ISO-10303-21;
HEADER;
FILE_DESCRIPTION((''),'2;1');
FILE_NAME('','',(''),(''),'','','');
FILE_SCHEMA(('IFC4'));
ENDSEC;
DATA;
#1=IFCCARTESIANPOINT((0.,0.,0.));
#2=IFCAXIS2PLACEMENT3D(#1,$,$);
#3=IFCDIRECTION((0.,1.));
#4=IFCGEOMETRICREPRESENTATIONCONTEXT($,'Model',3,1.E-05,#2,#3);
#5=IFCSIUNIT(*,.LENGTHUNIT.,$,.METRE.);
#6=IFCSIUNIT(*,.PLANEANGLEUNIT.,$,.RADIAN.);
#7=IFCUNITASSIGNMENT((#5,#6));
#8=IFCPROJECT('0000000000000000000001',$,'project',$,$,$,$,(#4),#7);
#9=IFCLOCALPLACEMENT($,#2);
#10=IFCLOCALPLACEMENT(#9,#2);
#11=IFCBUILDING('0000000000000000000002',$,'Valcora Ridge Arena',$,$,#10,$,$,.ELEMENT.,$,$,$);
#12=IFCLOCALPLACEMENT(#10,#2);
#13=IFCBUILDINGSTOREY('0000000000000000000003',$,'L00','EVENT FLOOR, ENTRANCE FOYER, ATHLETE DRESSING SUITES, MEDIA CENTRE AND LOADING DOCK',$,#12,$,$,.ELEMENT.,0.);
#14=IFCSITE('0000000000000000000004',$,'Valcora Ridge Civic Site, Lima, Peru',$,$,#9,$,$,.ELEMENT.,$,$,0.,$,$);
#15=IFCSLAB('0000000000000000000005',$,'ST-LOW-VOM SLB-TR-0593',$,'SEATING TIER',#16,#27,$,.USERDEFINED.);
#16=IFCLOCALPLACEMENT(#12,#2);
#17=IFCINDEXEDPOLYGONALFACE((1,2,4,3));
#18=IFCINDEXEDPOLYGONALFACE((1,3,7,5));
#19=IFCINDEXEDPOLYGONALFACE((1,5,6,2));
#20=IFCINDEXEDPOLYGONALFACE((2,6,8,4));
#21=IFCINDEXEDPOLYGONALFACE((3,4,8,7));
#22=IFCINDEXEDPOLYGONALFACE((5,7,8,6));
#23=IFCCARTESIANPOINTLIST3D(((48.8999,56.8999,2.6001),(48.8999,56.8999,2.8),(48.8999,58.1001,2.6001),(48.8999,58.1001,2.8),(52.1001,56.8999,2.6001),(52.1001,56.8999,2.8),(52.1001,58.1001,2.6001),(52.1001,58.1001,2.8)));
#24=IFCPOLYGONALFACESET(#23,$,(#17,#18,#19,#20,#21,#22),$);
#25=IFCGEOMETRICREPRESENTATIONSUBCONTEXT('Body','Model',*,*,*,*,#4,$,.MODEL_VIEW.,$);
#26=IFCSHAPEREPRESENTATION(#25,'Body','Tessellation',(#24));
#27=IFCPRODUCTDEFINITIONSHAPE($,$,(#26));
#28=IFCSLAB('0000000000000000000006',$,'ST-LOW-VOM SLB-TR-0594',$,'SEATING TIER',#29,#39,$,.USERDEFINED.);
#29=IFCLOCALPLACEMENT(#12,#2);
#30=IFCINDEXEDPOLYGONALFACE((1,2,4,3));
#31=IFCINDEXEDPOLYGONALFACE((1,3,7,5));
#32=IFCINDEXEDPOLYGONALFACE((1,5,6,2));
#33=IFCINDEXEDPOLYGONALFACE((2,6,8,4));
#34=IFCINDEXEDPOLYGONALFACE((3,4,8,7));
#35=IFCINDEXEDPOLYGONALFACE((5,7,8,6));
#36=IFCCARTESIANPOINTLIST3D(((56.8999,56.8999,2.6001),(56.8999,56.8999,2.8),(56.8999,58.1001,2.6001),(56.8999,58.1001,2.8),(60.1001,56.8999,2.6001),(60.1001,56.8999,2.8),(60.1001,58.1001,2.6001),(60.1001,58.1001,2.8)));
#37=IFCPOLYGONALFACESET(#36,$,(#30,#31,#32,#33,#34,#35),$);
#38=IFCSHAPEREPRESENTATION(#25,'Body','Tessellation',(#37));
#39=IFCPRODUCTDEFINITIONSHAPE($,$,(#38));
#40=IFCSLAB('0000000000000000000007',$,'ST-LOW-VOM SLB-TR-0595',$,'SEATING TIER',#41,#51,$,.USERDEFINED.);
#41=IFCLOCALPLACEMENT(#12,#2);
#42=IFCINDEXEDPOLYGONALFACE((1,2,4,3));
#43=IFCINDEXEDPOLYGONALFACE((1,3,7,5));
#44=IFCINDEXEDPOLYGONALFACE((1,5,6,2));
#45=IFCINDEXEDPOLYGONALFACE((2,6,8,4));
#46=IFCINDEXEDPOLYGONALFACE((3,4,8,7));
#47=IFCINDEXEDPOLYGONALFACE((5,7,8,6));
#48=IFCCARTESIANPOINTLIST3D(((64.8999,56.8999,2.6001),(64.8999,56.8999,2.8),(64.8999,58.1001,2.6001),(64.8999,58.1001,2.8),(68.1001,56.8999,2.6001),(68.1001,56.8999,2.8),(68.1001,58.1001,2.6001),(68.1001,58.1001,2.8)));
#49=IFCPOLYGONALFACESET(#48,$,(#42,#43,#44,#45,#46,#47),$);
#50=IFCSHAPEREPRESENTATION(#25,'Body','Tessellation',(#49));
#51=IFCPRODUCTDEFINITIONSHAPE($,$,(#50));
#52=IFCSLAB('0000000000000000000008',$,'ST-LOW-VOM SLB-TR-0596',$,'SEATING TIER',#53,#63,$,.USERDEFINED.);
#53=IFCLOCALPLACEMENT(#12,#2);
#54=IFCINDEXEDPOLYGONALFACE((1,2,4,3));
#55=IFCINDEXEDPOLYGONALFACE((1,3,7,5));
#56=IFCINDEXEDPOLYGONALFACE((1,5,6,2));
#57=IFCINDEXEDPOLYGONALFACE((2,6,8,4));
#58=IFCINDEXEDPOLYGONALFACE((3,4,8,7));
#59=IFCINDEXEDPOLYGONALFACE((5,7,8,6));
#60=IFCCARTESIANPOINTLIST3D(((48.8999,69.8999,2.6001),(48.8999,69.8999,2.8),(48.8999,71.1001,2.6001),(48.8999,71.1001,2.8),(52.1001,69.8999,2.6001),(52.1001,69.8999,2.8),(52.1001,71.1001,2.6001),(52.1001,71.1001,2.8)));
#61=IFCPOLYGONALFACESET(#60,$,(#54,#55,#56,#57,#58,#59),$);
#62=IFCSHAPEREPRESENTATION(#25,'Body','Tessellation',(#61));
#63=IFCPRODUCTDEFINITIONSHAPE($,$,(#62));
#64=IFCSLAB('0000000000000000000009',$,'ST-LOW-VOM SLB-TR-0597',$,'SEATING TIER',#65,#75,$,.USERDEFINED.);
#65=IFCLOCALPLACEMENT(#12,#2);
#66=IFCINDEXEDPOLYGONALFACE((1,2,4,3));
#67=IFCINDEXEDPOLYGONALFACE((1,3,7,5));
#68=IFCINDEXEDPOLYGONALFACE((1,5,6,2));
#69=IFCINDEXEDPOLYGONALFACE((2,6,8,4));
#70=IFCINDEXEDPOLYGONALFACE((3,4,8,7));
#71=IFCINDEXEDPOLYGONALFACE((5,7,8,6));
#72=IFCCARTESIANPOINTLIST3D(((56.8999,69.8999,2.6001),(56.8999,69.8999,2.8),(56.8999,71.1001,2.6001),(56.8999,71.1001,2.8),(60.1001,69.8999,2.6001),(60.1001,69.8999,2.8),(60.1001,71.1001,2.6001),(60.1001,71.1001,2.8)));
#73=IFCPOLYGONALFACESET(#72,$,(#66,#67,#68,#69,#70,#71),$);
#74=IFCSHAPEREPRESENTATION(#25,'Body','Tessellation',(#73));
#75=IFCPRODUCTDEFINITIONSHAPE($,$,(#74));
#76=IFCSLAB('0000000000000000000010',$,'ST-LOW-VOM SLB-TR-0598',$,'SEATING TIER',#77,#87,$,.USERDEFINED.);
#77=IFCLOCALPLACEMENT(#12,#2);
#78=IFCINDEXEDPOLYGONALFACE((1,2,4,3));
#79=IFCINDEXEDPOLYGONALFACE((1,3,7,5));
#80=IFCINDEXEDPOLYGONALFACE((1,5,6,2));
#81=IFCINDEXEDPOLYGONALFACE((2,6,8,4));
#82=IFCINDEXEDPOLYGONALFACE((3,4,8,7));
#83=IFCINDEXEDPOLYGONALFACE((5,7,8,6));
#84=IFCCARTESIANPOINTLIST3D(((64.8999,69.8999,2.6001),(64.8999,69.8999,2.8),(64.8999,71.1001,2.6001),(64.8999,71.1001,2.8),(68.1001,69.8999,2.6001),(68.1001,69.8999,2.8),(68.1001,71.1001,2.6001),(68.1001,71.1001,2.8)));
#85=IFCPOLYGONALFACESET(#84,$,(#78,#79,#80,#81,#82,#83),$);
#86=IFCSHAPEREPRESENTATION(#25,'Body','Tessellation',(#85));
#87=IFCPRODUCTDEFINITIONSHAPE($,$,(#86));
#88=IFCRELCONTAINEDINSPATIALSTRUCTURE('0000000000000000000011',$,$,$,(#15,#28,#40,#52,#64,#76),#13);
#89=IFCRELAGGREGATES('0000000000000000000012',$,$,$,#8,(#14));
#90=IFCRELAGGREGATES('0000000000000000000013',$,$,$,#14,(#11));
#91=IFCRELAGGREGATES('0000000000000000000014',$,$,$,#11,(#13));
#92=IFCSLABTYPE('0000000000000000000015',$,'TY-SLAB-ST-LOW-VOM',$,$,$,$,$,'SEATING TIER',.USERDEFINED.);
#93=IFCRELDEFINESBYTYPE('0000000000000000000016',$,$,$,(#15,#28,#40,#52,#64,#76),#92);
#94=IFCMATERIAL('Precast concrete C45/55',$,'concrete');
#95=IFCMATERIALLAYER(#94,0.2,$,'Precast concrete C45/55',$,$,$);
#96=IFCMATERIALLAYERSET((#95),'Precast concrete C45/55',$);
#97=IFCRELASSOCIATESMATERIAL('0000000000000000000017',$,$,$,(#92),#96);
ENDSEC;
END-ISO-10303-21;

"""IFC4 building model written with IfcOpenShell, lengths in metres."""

from ifc_helpers import new_model, si_unit, direction, frame, origin, place, context, subcontext, project, spatial, polyline, outline, extrude, material, layer, layer_set, type_object, element, save


model = new_model("IFC4")

# Units and contexts
model_context = context("Model", 3, precision=1e-05, world=origin(), true_north=direction((0.0, 1.0)))
body_context = subcontext(model_context, "Body", "Model", "MODEL_VIEW")
ifc_project = project(units=[si_unit("LENGTHUNIT", "METRE"), si_unit("PLANEANGLEUNIT", "RADIAN")], contexts=[model_context])

# Site, building, storey
site_placement = place(None, origin())
site = spatial("IfcSite", under=ifc_project, at=site_placement, Name="Valcora Ridge Civic Site, Lima, Peru", CompositionType="ELEMENT", RefElevation=0.0)
building_placement = place(site_placement, origin())
building = spatial("IfcBuilding", under=site, at=building_placement, Name="Valcora Ridge Arena", CompositionType="ELEMENT")
storey_placement = place(building_placement, origin())
storey = spatial("IfcBuildingStorey", under=building, at=storey_placement, Name="L00", Description="EVENT FLOOR, ENTRANCE FOYER, ATHLETE DRESSING SUITES, MEDIA CENTRE AND LOADING DOCK", CompositionType="ELEMENT", Elevation=0.0)

# Slabs
ifc_material_1 = material(Name="Precast concrete C45/55", Category="concrete")
ifc_layer_1 = layer(ifc_material_1, 0.2, Name="Precast concrete C45/55")
ifc_layer_set_1 = layer_set([ifc_layer_1], Name="Precast concrete C45/55")
slab_type_1 = type_object("IfcSlabType", Name="TY-SLAB-ST-LOW-VOM", ElementType="SEATING TIER", PredefinedType="USERDEFINED", material=ifc_layer_set_1)
slab_1_placement = place(storey_placement, frame((0.0, 0.0, 2.6001)))
element("IfcSlab", 1, at=slab_1_placement, inside=storey, type_object=slab_type_1, Name="ST-LOW-VOM SLB-TR-0593", ObjectType="SEATING TIER", PredefinedType="USERDEFINED", context=body_context, shape_type="SweptSolid", body=[
    extrude(outline(polyline([(48.8999, 56.8999), (52.1001, 56.8999), (52.1001, 58.1001), (48.8999, 58.1001), (48.8999, 56.8999)])), origin(), (0.0, 0.0, 1.0), 0.2),
])
slab_2_placement = place(storey_placement, frame((0.0, 0.0, 2.6001)))
element("IfcSlab", 2, at=slab_2_placement, inside=storey, type_object=slab_type_1, Name="ST-LOW-VOM SLB-TR-0594", ObjectType="SEATING TIER", PredefinedType="USERDEFINED", context=body_context, shape_type="SweptSolid", body=[
    extrude(outline(polyline([(56.8999, 56.8999), (60.1001, 56.8999), (60.1001, 58.1001), (56.8999, 58.1001), (56.8999, 56.8999)])), origin(), (0.0, 0.0, 1.0), 0.2),
])
slab_3_placement = place(storey_placement, frame((0.0, 0.0, 2.6001)))
element("IfcSlab", 3, at=slab_3_placement, inside=storey, type_object=slab_type_1, Name="ST-LOW-VOM SLB-TR-0595", ObjectType="SEATING TIER", PredefinedType="USERDEFINED", context=body_context, shape_type="SweptSolid", body=[
    extrude(outline(polyline([(64.8999, 56.8999), (68.1001, 56.8999), (68.1001, 58.1001), (64.8999, 58.1001), (64.8999, 56.8999)])), origin(), (0.0, 0.0, 1.0), 0.2),
])
slab_4_placement = place(storey_placement, frame((0.0, 0.0, 2.6001)))
element("IfcSlab", 4, at=slab_4_placement, inside=storey, type_object=slab_type_1, Name="ST-LOW-VOM SLB-TR-0596", ObjectType="SEATING TIER", PredefinedType="USERDEFINED", context=body_context, shape_type="SweptSolid", body=[
    extrude(outline(polyline([(48.8999, 69.8999), (52.1001, 69.8999), (52.1001, 71.1001), (48.8999, 71.1001), (48.8999, 69.8999)])), origin(), (0.0, 0.0, 1.0), 0.2),
])
slab_5_placement = place(storey_placement, frame((0.0, 0.0, 2.6001)))
element("IfcSlab", 5, at=slab_5_placement, inside=storey, type_object=slab_type_1, Name="ST-LOW-VOM SLB-TR-0597", ObjectType="SEATING TIER", PredefinedType="USERDEFINED", context=body_context, shape_type="SweptSolid", body=[
    extrude(outline(polyline([(56.8999, 69.8999), (60.1001, 69.8999), (60.1001, 71.1001), (56.8999, 71.1001), (56.8999, 69.8999)])), origin(), (0.0, 0.0, 1.0), 0.2),
])
slab_6_placement = place(storey_placement, frame((0.0, 0.0, 2.6001)))
element("IfcSlab", 6, at=slab_6_placement, inside=storey, type_object=slab_type_1, Name="ST-LOW-VOM SLB-TR-0598", ObjectType="SEATING TIER", PredefinedType="USERDEFINED", context=body_context, shape_type="SweptSolid", body=[
    extrude(outline(polyline([(64.8999, 69.8999), (68.1001, 69.8999), (68.1001, 71.1001), (64.8999, 71.1001), (64.8999, 69.8999)])), origin(), (0.0, 0.0, 1.0), 0.2),
])

save(model, "model.ifc")
